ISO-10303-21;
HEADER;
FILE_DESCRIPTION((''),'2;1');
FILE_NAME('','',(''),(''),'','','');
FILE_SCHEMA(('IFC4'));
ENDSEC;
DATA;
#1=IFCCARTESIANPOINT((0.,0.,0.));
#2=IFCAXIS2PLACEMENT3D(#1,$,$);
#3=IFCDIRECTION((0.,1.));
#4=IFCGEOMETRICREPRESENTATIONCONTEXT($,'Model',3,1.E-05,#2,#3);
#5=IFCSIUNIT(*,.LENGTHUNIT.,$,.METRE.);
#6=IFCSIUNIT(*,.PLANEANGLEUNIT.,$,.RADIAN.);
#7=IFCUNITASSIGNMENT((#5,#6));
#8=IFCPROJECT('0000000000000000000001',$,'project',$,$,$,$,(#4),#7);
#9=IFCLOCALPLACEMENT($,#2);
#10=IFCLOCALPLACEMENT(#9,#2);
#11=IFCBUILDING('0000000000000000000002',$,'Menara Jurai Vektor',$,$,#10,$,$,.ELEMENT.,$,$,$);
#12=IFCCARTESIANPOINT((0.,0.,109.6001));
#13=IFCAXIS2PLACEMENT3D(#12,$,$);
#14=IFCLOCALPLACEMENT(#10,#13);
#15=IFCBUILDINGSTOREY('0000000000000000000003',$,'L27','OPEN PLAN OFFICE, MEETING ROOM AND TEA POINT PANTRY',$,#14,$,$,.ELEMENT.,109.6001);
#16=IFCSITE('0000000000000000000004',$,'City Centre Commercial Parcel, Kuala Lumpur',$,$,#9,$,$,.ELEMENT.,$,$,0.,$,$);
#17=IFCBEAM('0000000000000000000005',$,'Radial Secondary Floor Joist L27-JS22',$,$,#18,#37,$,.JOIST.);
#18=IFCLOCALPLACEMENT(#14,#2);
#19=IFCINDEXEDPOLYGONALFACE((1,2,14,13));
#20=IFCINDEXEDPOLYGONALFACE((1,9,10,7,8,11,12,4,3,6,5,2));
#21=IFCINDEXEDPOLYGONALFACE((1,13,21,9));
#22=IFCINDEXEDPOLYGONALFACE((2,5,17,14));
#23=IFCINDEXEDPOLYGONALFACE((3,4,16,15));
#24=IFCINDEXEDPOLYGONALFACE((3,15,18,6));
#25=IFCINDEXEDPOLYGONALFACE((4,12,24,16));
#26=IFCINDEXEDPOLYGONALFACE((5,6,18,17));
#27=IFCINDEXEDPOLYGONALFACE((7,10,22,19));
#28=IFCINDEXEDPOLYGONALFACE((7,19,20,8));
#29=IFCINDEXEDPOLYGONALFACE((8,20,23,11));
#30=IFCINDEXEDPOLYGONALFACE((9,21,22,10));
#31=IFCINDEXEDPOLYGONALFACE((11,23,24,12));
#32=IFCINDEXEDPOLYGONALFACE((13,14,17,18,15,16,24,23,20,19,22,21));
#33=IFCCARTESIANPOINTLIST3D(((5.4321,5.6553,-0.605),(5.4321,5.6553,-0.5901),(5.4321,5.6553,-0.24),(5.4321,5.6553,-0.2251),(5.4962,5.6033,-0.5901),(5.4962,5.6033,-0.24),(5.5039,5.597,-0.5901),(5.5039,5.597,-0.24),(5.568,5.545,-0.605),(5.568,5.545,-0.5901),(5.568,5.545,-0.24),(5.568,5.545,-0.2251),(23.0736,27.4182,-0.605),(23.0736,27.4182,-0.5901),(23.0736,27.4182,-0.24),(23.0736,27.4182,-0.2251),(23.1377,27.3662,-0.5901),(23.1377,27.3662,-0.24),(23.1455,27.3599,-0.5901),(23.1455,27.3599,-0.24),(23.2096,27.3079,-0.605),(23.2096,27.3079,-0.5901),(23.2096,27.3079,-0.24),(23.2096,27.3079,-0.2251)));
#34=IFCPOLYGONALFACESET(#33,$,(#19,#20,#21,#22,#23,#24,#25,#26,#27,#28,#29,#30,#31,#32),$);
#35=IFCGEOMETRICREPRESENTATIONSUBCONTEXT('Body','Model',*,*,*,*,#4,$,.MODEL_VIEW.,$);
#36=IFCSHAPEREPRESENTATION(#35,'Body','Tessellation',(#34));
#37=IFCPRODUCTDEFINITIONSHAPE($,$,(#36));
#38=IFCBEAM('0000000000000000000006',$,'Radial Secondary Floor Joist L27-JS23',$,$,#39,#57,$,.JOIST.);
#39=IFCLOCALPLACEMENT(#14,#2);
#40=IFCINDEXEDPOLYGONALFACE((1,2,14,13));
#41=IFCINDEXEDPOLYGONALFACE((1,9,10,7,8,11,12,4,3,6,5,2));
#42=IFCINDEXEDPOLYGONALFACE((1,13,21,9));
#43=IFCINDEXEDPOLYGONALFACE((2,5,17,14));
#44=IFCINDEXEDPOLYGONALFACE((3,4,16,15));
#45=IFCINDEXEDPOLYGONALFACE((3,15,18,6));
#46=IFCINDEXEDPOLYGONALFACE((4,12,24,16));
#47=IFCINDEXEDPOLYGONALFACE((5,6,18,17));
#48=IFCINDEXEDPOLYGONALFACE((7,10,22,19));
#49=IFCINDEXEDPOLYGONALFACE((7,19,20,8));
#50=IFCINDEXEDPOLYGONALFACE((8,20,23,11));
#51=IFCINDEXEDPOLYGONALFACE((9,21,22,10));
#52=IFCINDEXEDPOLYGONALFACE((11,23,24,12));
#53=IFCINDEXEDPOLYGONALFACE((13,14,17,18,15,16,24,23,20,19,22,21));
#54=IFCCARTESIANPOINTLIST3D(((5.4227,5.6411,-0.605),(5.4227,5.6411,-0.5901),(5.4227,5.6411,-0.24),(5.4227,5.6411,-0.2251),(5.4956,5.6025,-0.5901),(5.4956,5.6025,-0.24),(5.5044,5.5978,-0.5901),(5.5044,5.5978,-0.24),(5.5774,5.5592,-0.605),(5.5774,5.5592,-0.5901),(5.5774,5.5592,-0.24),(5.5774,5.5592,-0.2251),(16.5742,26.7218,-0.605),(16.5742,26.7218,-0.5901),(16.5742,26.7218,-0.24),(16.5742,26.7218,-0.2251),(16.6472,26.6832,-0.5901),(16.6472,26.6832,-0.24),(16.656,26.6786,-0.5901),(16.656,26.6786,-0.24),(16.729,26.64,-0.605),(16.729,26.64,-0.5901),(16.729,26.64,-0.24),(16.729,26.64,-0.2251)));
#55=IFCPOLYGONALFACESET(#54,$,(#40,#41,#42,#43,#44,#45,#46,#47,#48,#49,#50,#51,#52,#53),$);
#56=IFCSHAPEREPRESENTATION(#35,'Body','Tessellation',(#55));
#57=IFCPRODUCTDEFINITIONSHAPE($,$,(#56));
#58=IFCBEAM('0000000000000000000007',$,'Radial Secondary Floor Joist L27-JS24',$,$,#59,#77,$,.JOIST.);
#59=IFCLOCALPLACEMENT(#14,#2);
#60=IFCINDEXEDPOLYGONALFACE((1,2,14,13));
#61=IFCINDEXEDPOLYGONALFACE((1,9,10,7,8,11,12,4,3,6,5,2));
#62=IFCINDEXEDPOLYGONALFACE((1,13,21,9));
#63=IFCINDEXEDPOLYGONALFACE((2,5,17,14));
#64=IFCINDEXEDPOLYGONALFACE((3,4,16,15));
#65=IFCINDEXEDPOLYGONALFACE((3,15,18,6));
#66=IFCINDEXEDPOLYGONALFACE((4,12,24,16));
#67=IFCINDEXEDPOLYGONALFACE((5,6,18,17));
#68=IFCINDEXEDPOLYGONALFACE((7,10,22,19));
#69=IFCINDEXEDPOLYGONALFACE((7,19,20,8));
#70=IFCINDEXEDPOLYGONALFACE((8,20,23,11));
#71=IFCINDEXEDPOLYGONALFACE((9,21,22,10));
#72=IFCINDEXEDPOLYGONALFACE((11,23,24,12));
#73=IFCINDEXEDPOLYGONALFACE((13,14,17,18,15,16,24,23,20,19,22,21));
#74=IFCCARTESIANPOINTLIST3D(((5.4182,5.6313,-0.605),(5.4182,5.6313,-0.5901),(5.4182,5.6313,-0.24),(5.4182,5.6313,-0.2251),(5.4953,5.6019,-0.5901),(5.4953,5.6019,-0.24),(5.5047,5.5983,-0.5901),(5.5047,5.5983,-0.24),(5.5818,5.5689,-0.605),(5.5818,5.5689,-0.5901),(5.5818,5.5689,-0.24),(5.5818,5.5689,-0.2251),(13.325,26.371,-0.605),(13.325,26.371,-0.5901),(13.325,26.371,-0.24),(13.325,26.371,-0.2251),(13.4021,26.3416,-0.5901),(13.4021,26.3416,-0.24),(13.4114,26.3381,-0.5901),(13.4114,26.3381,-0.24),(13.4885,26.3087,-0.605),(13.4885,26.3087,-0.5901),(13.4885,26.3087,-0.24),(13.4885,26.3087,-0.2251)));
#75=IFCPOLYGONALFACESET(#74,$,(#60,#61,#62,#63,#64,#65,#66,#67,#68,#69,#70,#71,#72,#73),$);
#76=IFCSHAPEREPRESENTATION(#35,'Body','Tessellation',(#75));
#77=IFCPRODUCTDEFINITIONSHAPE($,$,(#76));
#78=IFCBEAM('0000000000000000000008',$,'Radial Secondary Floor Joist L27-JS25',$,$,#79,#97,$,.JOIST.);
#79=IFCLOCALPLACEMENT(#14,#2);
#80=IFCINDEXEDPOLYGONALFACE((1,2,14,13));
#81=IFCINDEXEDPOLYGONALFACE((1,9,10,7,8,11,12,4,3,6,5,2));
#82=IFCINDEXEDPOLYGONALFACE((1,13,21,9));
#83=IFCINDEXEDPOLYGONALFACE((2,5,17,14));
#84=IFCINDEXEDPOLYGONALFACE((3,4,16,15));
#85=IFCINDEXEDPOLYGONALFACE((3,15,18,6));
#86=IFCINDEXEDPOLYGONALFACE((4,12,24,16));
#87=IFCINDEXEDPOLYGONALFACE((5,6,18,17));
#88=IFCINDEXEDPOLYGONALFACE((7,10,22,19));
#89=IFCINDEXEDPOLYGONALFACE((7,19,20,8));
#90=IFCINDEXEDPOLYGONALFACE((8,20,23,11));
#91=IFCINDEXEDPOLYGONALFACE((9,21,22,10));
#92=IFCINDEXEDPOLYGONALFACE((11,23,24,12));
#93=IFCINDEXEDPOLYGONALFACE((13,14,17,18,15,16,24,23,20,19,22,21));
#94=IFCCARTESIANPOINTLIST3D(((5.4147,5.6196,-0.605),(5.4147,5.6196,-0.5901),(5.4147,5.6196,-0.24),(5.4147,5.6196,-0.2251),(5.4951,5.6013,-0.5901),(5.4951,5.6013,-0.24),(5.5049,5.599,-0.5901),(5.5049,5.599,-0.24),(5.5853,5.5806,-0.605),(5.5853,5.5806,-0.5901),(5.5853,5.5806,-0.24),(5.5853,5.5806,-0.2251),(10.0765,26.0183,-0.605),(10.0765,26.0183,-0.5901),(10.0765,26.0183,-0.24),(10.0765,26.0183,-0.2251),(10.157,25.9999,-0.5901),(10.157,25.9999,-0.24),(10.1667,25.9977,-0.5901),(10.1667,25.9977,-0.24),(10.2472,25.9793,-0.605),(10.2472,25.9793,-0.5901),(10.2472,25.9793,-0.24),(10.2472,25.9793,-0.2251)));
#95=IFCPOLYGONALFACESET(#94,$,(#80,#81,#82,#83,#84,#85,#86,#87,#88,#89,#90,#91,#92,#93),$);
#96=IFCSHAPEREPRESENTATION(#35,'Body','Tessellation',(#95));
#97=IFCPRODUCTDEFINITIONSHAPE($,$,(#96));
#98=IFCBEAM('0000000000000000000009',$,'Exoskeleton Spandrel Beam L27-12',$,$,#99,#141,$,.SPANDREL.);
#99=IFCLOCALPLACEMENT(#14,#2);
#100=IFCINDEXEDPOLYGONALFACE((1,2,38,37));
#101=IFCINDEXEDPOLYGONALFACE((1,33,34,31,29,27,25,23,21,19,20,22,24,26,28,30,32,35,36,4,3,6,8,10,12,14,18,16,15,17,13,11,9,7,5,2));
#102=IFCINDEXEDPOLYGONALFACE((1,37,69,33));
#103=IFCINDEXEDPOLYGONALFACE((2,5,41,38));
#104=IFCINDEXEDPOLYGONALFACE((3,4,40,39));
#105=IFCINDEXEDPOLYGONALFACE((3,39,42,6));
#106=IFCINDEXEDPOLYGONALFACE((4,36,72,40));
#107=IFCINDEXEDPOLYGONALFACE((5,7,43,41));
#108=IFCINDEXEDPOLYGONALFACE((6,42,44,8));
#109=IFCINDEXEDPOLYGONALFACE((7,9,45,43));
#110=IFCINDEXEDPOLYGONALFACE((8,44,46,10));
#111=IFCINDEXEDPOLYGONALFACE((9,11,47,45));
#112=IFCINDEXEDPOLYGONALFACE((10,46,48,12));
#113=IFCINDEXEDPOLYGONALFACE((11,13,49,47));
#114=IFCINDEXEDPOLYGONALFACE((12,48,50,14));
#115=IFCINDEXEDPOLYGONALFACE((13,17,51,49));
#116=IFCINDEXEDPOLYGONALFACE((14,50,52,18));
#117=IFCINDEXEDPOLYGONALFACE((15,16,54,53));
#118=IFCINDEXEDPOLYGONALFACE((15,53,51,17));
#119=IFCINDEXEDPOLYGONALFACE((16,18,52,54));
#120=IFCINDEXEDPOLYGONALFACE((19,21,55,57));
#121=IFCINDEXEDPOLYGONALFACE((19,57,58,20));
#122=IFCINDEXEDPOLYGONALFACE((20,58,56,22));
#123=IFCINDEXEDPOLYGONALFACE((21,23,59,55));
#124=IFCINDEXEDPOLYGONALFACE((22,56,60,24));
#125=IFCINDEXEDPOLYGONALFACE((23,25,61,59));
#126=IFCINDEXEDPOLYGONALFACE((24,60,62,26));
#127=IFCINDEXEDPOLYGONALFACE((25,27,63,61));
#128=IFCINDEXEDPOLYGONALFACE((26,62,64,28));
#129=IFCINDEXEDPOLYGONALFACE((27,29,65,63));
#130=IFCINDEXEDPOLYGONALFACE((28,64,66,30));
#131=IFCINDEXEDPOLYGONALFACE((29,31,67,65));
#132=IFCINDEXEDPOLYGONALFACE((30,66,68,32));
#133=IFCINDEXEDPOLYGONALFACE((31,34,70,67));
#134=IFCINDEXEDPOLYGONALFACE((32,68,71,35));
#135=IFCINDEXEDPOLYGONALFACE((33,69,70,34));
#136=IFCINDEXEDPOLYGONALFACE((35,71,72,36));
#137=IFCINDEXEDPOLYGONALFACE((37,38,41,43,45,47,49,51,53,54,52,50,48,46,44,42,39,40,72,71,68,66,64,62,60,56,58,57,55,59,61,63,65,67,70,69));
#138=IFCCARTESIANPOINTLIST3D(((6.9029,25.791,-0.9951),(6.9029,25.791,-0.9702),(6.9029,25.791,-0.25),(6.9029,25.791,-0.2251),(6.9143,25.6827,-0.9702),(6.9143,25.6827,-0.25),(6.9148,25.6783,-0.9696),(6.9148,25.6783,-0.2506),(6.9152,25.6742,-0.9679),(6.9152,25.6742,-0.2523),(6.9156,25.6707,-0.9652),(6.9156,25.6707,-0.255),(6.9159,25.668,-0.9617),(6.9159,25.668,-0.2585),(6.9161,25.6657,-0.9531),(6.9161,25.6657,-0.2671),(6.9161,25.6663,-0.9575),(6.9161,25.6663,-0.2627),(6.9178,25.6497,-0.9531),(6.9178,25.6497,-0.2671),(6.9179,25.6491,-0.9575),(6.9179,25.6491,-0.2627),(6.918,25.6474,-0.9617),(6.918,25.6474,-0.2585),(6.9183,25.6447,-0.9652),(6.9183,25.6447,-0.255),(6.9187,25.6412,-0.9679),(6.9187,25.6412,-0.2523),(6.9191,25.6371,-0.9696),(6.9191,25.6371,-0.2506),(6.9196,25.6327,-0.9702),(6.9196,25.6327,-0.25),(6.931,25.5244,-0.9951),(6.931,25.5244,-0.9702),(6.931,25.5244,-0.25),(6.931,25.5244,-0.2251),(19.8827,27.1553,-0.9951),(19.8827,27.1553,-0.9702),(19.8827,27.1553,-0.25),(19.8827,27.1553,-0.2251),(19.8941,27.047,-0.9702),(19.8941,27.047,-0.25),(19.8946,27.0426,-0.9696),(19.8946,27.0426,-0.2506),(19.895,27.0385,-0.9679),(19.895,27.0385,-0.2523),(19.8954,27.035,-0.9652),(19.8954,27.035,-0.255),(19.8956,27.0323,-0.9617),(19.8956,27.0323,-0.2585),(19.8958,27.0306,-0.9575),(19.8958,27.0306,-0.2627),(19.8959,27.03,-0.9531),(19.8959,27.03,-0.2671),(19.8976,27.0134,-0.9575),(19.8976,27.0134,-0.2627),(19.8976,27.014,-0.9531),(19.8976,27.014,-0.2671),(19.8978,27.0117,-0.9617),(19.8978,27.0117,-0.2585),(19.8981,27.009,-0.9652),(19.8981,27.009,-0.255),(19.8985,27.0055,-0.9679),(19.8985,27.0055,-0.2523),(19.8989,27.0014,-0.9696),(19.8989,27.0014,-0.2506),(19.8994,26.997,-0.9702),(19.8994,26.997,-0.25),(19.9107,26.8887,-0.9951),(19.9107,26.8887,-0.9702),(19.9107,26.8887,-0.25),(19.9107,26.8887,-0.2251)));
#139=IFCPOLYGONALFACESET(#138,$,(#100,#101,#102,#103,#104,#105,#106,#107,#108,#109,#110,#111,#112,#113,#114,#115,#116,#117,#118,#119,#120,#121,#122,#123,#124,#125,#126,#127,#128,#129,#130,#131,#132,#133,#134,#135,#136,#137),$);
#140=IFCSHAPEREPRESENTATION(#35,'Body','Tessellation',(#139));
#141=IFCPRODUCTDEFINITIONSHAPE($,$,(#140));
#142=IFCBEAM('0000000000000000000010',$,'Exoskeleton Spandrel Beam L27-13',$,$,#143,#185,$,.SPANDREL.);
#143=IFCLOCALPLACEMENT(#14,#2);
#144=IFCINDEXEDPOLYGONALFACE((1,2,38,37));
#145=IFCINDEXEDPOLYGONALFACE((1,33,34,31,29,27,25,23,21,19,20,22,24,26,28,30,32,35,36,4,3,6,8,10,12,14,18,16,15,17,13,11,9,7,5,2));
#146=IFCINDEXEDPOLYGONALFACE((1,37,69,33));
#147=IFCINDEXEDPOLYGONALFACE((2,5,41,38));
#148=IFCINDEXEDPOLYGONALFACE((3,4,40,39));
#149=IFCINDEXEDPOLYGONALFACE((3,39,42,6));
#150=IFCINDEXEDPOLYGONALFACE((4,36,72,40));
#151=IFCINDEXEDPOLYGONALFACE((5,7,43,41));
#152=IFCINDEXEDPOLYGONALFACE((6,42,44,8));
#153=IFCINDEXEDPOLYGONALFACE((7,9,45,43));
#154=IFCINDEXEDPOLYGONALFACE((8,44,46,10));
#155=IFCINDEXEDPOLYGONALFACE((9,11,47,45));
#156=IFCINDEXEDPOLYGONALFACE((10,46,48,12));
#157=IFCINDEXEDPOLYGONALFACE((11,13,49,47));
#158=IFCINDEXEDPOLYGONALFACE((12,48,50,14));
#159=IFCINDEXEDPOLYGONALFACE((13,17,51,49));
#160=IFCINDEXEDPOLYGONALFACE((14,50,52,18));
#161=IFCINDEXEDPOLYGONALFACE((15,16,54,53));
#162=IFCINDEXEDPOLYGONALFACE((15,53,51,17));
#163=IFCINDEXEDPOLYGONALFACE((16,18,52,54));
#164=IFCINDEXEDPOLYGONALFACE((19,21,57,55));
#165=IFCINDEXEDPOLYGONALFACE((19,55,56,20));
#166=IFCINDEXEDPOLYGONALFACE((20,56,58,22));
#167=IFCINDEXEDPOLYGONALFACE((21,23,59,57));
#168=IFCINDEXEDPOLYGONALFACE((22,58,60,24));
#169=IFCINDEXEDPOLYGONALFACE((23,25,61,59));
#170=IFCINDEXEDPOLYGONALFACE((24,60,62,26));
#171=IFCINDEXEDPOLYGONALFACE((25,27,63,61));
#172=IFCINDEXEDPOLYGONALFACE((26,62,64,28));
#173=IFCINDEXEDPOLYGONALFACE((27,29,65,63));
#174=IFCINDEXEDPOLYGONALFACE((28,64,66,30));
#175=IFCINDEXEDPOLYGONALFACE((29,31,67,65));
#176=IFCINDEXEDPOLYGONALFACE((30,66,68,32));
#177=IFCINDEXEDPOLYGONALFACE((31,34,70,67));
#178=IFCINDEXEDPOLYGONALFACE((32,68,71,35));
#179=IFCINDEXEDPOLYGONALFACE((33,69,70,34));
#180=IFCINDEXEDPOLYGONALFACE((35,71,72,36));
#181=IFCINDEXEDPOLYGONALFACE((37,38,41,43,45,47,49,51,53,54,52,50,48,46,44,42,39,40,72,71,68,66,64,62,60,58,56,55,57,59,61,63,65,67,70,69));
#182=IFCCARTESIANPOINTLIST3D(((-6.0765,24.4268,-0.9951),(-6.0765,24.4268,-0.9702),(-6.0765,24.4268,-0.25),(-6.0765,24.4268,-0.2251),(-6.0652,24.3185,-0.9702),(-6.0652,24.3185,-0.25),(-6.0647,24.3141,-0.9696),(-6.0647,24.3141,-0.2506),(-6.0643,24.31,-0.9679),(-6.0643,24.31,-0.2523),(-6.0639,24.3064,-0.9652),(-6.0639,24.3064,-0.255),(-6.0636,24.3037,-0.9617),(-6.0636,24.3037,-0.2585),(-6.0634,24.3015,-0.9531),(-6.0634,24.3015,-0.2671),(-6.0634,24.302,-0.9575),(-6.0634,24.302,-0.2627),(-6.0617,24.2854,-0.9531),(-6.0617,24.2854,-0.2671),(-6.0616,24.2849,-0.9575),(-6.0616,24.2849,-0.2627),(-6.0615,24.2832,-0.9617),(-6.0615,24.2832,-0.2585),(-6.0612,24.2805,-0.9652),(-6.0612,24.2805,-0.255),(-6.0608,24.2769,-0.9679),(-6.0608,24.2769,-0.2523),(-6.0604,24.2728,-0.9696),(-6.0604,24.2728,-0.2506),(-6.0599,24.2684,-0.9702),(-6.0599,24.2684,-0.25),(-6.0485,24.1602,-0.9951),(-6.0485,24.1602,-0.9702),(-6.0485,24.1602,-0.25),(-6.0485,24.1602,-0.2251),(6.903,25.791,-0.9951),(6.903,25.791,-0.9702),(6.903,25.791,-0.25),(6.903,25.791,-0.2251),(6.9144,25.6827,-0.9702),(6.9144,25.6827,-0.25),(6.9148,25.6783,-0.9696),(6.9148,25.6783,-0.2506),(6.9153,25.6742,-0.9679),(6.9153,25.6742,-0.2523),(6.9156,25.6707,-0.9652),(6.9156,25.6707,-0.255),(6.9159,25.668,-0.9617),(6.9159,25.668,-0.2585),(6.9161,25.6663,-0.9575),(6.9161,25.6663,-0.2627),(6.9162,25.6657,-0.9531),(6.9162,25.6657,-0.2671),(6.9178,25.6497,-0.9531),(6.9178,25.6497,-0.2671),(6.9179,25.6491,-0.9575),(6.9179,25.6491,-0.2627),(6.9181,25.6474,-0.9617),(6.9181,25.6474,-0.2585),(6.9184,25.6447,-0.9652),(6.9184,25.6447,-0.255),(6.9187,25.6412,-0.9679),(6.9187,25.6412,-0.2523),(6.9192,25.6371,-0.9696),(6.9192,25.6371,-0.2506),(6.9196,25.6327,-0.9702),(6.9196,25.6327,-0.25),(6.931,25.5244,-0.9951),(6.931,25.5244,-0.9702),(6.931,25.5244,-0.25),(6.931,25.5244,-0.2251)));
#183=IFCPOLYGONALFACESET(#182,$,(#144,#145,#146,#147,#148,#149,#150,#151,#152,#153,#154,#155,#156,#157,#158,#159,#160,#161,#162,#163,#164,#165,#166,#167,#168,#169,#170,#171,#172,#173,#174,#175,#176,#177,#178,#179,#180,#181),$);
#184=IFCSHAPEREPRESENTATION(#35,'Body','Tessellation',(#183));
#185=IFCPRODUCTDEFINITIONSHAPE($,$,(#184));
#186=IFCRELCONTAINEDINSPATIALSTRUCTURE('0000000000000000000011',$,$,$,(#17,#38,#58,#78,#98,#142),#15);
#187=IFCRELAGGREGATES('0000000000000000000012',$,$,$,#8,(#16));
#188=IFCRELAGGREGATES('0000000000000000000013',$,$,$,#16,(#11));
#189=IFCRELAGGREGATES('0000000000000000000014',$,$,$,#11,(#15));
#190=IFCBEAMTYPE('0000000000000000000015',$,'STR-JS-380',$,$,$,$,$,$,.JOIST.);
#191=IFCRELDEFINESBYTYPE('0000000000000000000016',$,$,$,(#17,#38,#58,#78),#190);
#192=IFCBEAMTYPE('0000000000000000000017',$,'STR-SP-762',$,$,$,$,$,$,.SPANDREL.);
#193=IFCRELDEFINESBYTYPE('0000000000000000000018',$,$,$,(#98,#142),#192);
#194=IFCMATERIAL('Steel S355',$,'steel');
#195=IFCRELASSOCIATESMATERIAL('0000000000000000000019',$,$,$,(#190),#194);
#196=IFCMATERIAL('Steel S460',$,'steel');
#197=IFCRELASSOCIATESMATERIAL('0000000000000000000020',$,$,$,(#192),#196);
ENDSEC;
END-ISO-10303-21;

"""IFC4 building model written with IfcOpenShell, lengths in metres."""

from ifc_helpers import new_model, si_unit, direction, frame, origin, origin_2d, place, context, subcontext, project, spatial, i_section, extrude, material, material_profile, profile_set, type_object, element, save


model = new_model("IFC4")

# Units and contexts
model_context = context("Model", 3, precision=1e-05, world=origin(), true_north=direction((0.0, 1.0)))
body_context = subcontext(model_context, "Body", "Model", "MODEL_VIEW")
ifc_project = project(units=[si_unit("LENGTHUNIT", "METRE"), si_unit("PLANEANGLEUNIT", "RADIAN")], contexts=[model_context])

# Site, building, storey
site_placement = place(None, origin())
site = spatial("IfcSite", under=ifc_project, at=site_placement, Name="City Centre Commercial Parcel, Kuala Lumpur", CompositionType="ELEMENT", RefElevation=0.0)
building_placement = place(site_placement, origin())
building = spatial("IfcBuilding", under=site, at=building_placement, Name="Menara Jurai Vektor", CompositionType="ELEMENT")
storey_placement = place(building_placement, frame((0.0, 0.0, 109.6001)))
storey = spatial("IfcBuildingStorey", under=building, at=storey_placement, Name="L27", Description="OPEN PLAN OFFICE, MEETING ROOM AND TEA POINT PANTRY", CompositionType="ELEMENT", Elevation=109.6001)

# Shared definitions
ifc_material_1 = material(Name="Steel S460", Category="steel")

# Beams
ifc_material_2 = material(Name="Steel S355", Category="steel")
ifc_material_profile_1 = material_profile(ifc_material_2, i_section(OverallWidth=0.175, OverallDepth=0.3799, WebThickness=0.01, FlangeThickness=0.0149, at=origin_2d()), Name="PG 380x175x58")
ifc_profile_set_1 = profile_set([ifc_material_profile_1], Name="Steel S355")
beam_type_1 = type_object("IfcBeamType", Name="STR-JS-380", PredefinedType="JOIST", material=ifc_profile_set_1)
beam_1_placement = place(storey_placement, frame((23.1416, 27.363, -0.415), z_axis=(-0.629715, -0.776826, 0.0), x_axis=(0.776826, -0.629715, 0.0)))
element("IfcBeam", 1, at=beam_1_placement, inside=storey, type_object=beam_type_1, Name="Radial Secondary Floor Joist L27-JS22", PredefinedType="JOIST", context=body_context, shape_type="SweptSolid", body=[
    extrude(i_section(OverallWidth=0.175, OverallDepth=0.3799, WebThickness=0.01, FlangeThickness=0.0149, at=origin_2d()), origin(), (0.0, 0.0, 1.0), 28.0151),
])
beam_2_placement = place(storey_placement, frame((16.6516, 26.6809, -0.415), z_axis=(-0.467599, -0.883941, 0.0), x_axis=(0.883941, -0.467599, 0.0)))
element("IfcBeam", 2, at=beam_2_placement, inside=storey, type_object=beam_type_1, Name="Radial Secondary Floor Joist L27-JS23", PredefinedType="JOIST", context=body_context, shape_type="SweptSolid", body=[
    extrude(i_section(OverallWidth=0.175, OverallDepth=0.3799, WebThickness=0.01, FlangeThickness=0.0149, at=origin_2d()), origin(), (0.0, 0.0, 1.0), 23.8486),
])
beam_3_placement = place(storey_placement, frame((13.4067, 26.3398, -0.415), z_axis=(-0.356227, -0.9344, 0.0), x_axis=(0.9344, -0.356227, 0.0)))
element("IfcBeam", 3, at=beam_3_placement, inside=storey, type_object=beam_type_1, Name="Radial Secondary Floor Joist L27-JS24", PredefinedType="JOIST", context=body_context, shape_type="SweptSolid", body=[
    extrude(i_section(OverallWidth=0.175, OverallDepth=0.3799, WebThickness=0.01, FlangeThickness=0.0149, at=origin_2d()), origin(), (0.0, 0.0, 1.0), 22.1958),
])
beam_4_placement = place(storey_placement, frame((10.1619, 25.9988, -0.415), z_axis=(-0.222793, -0.974866, 0.0), x_axis=(0.974866, -0.222793, 0.0)))
element("IfcBeam", 4, at=beam_4_placement, inside=storey, type_object=beam_type_1, Name="Radial Secondary Floor Joist L27-JS25", PredefinedType="JOIST", context=body_context, shape_type="SweptSolid", body=[
    extrude(i_section(OverallWidth=0.175, OverallDepth=0.3799, WebThickness=0.01, FlangeThickness=0.0149, at=origin_2d()), origin(), (0.0, 0.0, 1.0), 20.9246),
])
ifc_material_profile_2 = material_profile(ifc_material_1, i_section(OverallWidth=0.2681, OverallDepth=0.77, WebThickness=0.0161, FlangeThickness=0.0249, FilletRadius=0.0171, at=origin_2d()), Name="UKB 762x267x197")
ifc_profile_set_2 = profile_set([ifc_material_profile_2], Name="Steel S460")
beam_type_2 = type_object("IfcBeamType", Name="STR-SP-762", PredefinedType="SPANDREL", material=ifc_profile_set_2)
beam_5_placement = place(storey_placement, frame((19.8967, 27.022, -0.6101), z_axis=(-0.994522, -0.104531, 0.0), x_axis=(0.104531, -0.994522, 0.0)))
element("IfcBeam", 5, at=beam_5_placement, inside=storey, type_object=beam_type_2, Name="Exoskeleton Spandrel Beam L27-12", PredefinedType="SPANDREL", context=body_context, shape_type="SweptSolid", body=[
    extrude(i_section(OverallWidth=0.2681, OverallDepth=0.77, WebThickness=0.0161, FlangeThickness=0.0249, FilletRadius=0.0171, at=origin_2d()), origin(), (0.0, 0.0, 1.0), 13.0513),
])
beam_6_placement = place(storey_placement, frame((6.917, 25.6577, -0.6101), z_axis=(-0.994521, -0.104533, 0.0), x_axis=(0.104533, -0.994521, 0.0)))
element("IfcBeam", 6, at=beam_6_placement, inside=storey, type_object=beam_type_2, Name="Exoskeleton Spandrel Beam L27-13", PredefinedType="SPANDREL", context=body_context, shape_type="SweptSolid", body=[
    extrude(i_section(OverallWidth=0.2681, OverallDepth=0.77, WebThickness=0.0161, FlangeThickness=0.0249, FilletRadius=0.0171, at=origin_2d()), origin(), (0.0, 0.0, 1.0), 13.051),
])

save(model, "model.ifc")
